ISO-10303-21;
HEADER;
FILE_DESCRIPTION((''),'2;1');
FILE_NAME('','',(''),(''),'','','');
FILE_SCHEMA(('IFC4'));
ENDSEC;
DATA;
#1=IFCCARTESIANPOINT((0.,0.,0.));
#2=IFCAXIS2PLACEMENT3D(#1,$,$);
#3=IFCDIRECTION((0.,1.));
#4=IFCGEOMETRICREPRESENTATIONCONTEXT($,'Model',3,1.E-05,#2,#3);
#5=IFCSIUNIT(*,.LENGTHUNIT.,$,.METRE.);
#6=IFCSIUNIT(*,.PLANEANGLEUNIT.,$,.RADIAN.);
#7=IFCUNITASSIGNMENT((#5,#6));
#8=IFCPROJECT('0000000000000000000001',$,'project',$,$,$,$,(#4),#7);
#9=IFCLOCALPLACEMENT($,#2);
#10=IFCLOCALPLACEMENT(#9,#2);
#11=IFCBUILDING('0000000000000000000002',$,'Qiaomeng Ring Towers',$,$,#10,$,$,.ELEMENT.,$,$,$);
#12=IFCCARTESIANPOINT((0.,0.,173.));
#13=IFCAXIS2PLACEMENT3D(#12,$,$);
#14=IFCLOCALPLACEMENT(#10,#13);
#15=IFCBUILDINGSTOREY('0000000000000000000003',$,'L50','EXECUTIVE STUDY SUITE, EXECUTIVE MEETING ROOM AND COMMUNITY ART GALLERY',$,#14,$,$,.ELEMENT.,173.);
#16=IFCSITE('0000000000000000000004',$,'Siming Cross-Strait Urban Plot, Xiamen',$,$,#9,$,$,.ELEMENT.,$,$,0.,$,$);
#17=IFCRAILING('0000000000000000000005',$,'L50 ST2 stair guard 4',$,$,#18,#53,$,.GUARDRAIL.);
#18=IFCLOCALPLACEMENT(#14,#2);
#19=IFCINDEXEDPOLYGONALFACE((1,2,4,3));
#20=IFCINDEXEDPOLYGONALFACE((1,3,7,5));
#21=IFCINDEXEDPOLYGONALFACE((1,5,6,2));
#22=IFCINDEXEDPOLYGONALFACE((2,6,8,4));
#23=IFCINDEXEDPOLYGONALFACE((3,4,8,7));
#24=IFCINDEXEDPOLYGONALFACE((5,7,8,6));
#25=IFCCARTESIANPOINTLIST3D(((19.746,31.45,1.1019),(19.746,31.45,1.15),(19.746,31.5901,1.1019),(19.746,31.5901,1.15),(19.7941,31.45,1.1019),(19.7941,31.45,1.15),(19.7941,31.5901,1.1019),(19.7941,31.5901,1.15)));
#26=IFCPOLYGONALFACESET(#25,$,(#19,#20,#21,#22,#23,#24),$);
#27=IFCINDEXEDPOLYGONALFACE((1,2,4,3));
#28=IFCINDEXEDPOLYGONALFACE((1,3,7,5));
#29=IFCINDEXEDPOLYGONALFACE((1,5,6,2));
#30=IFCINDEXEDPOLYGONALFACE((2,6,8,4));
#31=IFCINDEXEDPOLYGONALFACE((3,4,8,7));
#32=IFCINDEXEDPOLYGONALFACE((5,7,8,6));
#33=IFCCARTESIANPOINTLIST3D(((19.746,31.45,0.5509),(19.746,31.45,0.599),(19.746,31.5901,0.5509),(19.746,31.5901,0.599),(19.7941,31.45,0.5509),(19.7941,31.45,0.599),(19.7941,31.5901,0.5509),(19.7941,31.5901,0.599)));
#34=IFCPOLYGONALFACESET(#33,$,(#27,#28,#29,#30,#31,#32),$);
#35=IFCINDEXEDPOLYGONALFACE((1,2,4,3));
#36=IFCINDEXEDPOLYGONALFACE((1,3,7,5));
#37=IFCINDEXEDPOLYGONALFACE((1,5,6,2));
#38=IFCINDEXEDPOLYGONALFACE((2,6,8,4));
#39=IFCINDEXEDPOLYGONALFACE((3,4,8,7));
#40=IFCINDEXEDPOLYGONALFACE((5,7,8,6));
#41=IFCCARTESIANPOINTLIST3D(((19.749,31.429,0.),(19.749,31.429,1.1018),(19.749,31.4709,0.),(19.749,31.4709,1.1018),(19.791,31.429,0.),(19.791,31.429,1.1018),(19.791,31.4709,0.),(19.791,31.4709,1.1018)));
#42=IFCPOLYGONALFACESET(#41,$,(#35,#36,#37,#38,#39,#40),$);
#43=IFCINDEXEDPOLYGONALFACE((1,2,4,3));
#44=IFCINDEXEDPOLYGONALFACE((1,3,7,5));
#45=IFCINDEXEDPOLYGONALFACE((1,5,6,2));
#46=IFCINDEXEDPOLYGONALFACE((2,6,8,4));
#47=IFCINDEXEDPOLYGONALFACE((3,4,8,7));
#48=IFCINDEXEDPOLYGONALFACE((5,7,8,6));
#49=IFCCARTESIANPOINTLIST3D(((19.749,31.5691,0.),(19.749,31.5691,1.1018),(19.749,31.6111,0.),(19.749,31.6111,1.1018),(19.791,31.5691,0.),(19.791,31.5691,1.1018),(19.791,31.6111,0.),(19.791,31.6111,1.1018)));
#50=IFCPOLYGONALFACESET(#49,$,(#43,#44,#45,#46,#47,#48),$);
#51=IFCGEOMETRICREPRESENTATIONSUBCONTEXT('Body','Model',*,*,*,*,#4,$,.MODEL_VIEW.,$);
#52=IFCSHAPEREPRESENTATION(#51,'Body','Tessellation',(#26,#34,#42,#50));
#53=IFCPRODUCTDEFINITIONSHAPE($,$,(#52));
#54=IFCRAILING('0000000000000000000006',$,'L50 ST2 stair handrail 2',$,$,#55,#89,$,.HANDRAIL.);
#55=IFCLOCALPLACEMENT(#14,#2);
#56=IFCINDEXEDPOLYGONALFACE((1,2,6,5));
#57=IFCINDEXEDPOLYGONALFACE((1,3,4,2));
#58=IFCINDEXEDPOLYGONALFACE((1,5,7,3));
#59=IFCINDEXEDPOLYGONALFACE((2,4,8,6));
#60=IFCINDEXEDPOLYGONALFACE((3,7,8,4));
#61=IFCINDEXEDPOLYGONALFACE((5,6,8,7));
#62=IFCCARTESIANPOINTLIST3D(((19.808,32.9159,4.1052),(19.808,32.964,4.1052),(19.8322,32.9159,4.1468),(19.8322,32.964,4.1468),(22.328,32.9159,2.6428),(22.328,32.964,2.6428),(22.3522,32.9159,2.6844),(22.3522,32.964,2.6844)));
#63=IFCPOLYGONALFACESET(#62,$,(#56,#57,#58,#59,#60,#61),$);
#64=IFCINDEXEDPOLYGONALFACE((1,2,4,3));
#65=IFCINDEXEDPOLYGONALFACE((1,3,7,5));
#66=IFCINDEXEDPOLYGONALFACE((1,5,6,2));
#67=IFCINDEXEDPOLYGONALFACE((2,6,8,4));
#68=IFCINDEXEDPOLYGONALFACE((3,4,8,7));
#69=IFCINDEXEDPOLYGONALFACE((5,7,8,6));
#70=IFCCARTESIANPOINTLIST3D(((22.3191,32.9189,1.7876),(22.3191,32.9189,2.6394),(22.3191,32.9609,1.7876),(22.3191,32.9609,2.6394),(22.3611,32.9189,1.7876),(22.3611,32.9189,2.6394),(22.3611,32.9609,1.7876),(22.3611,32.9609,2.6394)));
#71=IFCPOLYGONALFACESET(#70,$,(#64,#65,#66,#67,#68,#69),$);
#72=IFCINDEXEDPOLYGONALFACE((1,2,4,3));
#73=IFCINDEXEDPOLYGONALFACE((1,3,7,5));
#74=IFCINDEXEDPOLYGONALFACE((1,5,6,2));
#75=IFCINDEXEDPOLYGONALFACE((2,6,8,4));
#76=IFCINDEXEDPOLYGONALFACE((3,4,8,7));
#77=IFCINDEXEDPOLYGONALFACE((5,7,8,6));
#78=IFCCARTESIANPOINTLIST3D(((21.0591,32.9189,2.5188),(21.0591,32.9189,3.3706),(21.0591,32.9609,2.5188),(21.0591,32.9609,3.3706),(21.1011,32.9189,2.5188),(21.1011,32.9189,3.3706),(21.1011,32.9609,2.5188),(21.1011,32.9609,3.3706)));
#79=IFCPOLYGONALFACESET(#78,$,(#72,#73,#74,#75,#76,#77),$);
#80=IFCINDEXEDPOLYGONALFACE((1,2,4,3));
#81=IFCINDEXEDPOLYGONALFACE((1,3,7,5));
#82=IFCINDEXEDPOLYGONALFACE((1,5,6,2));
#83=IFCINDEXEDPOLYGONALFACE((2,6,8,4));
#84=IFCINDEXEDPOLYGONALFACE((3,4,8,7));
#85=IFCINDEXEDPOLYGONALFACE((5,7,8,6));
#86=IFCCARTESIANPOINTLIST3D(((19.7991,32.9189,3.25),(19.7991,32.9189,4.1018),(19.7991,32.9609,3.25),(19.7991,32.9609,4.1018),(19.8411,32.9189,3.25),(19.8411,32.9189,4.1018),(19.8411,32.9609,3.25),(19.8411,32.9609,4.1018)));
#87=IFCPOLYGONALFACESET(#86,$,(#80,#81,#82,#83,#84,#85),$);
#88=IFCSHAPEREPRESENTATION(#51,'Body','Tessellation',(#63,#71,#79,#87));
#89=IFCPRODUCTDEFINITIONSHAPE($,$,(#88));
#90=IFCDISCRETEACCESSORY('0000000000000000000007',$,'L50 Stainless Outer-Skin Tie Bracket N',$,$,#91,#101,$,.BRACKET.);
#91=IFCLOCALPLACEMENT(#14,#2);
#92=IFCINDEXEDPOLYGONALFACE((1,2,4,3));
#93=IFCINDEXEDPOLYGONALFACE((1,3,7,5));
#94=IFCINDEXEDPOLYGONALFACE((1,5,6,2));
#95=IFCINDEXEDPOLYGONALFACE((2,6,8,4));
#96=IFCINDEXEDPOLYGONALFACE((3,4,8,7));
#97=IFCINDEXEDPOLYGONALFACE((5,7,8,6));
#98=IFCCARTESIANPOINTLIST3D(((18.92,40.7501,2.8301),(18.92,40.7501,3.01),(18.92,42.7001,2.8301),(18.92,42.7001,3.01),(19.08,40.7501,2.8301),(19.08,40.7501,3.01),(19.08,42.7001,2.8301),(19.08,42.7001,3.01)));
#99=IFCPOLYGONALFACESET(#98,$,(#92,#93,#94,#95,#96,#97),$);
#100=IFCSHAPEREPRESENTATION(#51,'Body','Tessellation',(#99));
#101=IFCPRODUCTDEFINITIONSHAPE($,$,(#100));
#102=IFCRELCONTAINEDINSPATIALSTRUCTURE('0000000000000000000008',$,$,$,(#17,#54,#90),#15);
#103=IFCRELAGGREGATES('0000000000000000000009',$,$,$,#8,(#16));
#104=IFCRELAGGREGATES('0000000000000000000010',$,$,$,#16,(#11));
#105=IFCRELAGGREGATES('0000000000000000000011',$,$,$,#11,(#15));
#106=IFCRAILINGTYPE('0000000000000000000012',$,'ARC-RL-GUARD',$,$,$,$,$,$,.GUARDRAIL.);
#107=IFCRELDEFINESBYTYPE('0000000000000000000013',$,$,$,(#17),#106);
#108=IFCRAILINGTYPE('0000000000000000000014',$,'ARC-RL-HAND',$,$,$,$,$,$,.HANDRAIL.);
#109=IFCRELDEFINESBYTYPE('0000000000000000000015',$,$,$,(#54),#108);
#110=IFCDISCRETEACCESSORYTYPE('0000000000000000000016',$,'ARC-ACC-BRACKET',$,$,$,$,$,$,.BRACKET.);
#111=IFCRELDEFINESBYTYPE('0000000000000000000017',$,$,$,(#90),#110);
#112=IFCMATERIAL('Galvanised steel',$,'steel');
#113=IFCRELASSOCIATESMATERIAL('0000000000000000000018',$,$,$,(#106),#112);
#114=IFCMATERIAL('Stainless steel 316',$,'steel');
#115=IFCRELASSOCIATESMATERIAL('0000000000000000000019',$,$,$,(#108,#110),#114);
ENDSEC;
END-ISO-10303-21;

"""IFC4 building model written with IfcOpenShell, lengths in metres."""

from ifc_helpers import new_model, si_unit, direction, frame, origin, origin_2d, place, context, subcontext, project, spatial, rectangle, extrude, source, transform, mapped, material, type_object, element, save


model = new_model("IFC4")

# Units and contexts
model_context = context("Model", 3, precision=1e-05, world=origin(), true_north=direction((0.0, 1.0)))
body_context = subcontext(model_context, "Body", "Model", "MODEL_VIEW")
ifc_project = project(units=[si_unit("LENGTHUNIT", "METRE"), si_unit("PLANEANGLEUNIT", "RADIAN")], contexts=[model_context])

# Site, building, storey
site_placement = place(None, origin())
site = spatial("IfcSite", under=ifc_project, at=site_placement, Name="Siming Cross-Strait Urban Plot, Xiamen", CompositionType="ELEMENT", RefElevation=0.0)
building_placement = place(site_placement, origin())
building = spatial("IfcBuilding", under=site, at=building_placement, Name="Qiaomeng Ring Towers", CompositionType="ELEMENT")
storey_placement = place(building_placement, frame((0.0, 0.0, 173.0)))
storey = spatial("IfcBuildingStorey", under=building, at=storey_placement, Name="L50", Description="EXECUTIVE STUDY SUITE, EXECUTIVE MEETING ROOM AND COMMUNITY ART GALLERY", CompositionType="ELEMENT", Elevation=173.0)

# Shared definitions
ifc_material_1 = material(Name="Galvanised steel", Category="steel")

# Railings
railing_type_1 = type_object("IfcRailingType", Name="ARC-RL-GUARD", PredefinedType="GUARDRAIL", material=ifc_material_1)
railing_1_placement = place(storey_placement, frame((19.77, 31.45, 0.0)))
element("IfcRailing", 1, at=railing_1_placement, inside=storey, type_object=railing_type_1, Name="L50 ST2 stair guard 4", PredefinedType="GUARDRAIL", context=body_context, shape_type="SweptSolid", body=[
    extrude(rectangle(XDim=0.0481, YDim=0.0481, at=origin_2d()), frame((0.0, 0.0, 1.126), z_axis=(0.0, 1.0, 0.0), x_axis=(-1.0, 0.0, 0.0)), (0.0, 0.0, 1.0), 0.1401),
    extrude(rectangle(XDim=0.0481, YDim=0.0481, at=origin_2d()), frame((0.0, 0.0, 0.575), z_axis=(0.0, 1.0, 0.0), x_axis=(-1.0, 0.0, 0.0)), (0.0, 0.0, 1.0), 0.1401),
    extrude(rectangle(XDim=0.042, YDim=0.042, at=origin_2d()), origin(), (0.0, 0.0, 1.0), 1.1018),
    extrude(rectangle(XDim=0.042, YDim=0.042, at=origin_2d()), frame((0.0, 0.1401, 0.0)), (0.0, 0.0, 1.0), 1.1018),
])
ifc_material_2 = material(Name="Stainless steel 316", Category="steel")
railing_type_2 = type_object("IfcRailingType", Name="ARC-RL-HAND", PredefinedType="HANDRAIL", material=ifc_material_2)
railing_2_placement = place(storey_placement, frame((22.3401, 32.9399, 1.7876)))
element("IfcRailing", 2, at=railing_2_placement, inside=storey, type_object=railing_type_2, Name="L50 ST2 stair handrail 2", PredefinedType="HANDRAIL", context=body_context, shape_type="SweptSolid", body=[
    extrude(rectangle(XDim=0.0481, YDim=0.0481, at=origin_2d()), frame((0.0, 0.0, 0.876), z_axis=(-0.864913, 0.0, 0.501921), x_axis=(0.0, -1.0, 0.0)), (0.0, 0.0, 1.0), 2.9136),
    extrude(rectangle(XDim=0.042, YDim=0.042, at=origin_2d()), origin(), (0.0, 0.0, 1.0), 0.8518),
    extrude(rectangle(XDim=0.042, YDim=0.042, at=origin_2d()), frame((-1.26, 0.0, 0.7312)), (0.0, 0.0, 1.0), 0.8518),
    extrude(rectangle(XDim=0.042, YDim=0.042, at=origin_2d()), frame((-2.52, 0.0, 1.4624)), (0.0, 0.0, 1.0), 0.8518),
])

# Discrete accessory
discrete_accessory_type = type_object("IfcDiscreteAccessoryType", Name="ARC-ACC-BRACKET", PredefinedType="BRACKET", material=ifc_material_2)
shared_shape_1 = source(origin(), body_context, "Body", "SweptSolid", [
    extrude(rectangle(XDim=0.1599, YDim=1.95, at=origin_2d()), origin(), (0.0, 0.0, 1.0), 0.1799),
])
discrete_accessory_placement = place(storey_placement, frame((19.0, 41.7251, 2.8301), z_axis=(0.0, 0.0, 1.0), x_axis=(1.0, 0.0, 0.0)))
element("IfcDiscreteAccessory", 3, at=discrete_accessory_placement, inside=storey, type_object=discrete_accessory_type, Name="L50 Stainless Outer-Skin Tie Bracket N", PredefinedType="BRACKET", context=body_context, shape_type="MappedRepresentation", body=[
    mapped(shared_shape_1, transform((0.0, 0.0, 0.0), x_axis=(1.0, 0.0, 0.0), y_axis=(0.0, 1.0, 0.0), z_axis=(0.0, 0.0, 1.0), scale=1.0)),
])

save(model, "model.ifc")
